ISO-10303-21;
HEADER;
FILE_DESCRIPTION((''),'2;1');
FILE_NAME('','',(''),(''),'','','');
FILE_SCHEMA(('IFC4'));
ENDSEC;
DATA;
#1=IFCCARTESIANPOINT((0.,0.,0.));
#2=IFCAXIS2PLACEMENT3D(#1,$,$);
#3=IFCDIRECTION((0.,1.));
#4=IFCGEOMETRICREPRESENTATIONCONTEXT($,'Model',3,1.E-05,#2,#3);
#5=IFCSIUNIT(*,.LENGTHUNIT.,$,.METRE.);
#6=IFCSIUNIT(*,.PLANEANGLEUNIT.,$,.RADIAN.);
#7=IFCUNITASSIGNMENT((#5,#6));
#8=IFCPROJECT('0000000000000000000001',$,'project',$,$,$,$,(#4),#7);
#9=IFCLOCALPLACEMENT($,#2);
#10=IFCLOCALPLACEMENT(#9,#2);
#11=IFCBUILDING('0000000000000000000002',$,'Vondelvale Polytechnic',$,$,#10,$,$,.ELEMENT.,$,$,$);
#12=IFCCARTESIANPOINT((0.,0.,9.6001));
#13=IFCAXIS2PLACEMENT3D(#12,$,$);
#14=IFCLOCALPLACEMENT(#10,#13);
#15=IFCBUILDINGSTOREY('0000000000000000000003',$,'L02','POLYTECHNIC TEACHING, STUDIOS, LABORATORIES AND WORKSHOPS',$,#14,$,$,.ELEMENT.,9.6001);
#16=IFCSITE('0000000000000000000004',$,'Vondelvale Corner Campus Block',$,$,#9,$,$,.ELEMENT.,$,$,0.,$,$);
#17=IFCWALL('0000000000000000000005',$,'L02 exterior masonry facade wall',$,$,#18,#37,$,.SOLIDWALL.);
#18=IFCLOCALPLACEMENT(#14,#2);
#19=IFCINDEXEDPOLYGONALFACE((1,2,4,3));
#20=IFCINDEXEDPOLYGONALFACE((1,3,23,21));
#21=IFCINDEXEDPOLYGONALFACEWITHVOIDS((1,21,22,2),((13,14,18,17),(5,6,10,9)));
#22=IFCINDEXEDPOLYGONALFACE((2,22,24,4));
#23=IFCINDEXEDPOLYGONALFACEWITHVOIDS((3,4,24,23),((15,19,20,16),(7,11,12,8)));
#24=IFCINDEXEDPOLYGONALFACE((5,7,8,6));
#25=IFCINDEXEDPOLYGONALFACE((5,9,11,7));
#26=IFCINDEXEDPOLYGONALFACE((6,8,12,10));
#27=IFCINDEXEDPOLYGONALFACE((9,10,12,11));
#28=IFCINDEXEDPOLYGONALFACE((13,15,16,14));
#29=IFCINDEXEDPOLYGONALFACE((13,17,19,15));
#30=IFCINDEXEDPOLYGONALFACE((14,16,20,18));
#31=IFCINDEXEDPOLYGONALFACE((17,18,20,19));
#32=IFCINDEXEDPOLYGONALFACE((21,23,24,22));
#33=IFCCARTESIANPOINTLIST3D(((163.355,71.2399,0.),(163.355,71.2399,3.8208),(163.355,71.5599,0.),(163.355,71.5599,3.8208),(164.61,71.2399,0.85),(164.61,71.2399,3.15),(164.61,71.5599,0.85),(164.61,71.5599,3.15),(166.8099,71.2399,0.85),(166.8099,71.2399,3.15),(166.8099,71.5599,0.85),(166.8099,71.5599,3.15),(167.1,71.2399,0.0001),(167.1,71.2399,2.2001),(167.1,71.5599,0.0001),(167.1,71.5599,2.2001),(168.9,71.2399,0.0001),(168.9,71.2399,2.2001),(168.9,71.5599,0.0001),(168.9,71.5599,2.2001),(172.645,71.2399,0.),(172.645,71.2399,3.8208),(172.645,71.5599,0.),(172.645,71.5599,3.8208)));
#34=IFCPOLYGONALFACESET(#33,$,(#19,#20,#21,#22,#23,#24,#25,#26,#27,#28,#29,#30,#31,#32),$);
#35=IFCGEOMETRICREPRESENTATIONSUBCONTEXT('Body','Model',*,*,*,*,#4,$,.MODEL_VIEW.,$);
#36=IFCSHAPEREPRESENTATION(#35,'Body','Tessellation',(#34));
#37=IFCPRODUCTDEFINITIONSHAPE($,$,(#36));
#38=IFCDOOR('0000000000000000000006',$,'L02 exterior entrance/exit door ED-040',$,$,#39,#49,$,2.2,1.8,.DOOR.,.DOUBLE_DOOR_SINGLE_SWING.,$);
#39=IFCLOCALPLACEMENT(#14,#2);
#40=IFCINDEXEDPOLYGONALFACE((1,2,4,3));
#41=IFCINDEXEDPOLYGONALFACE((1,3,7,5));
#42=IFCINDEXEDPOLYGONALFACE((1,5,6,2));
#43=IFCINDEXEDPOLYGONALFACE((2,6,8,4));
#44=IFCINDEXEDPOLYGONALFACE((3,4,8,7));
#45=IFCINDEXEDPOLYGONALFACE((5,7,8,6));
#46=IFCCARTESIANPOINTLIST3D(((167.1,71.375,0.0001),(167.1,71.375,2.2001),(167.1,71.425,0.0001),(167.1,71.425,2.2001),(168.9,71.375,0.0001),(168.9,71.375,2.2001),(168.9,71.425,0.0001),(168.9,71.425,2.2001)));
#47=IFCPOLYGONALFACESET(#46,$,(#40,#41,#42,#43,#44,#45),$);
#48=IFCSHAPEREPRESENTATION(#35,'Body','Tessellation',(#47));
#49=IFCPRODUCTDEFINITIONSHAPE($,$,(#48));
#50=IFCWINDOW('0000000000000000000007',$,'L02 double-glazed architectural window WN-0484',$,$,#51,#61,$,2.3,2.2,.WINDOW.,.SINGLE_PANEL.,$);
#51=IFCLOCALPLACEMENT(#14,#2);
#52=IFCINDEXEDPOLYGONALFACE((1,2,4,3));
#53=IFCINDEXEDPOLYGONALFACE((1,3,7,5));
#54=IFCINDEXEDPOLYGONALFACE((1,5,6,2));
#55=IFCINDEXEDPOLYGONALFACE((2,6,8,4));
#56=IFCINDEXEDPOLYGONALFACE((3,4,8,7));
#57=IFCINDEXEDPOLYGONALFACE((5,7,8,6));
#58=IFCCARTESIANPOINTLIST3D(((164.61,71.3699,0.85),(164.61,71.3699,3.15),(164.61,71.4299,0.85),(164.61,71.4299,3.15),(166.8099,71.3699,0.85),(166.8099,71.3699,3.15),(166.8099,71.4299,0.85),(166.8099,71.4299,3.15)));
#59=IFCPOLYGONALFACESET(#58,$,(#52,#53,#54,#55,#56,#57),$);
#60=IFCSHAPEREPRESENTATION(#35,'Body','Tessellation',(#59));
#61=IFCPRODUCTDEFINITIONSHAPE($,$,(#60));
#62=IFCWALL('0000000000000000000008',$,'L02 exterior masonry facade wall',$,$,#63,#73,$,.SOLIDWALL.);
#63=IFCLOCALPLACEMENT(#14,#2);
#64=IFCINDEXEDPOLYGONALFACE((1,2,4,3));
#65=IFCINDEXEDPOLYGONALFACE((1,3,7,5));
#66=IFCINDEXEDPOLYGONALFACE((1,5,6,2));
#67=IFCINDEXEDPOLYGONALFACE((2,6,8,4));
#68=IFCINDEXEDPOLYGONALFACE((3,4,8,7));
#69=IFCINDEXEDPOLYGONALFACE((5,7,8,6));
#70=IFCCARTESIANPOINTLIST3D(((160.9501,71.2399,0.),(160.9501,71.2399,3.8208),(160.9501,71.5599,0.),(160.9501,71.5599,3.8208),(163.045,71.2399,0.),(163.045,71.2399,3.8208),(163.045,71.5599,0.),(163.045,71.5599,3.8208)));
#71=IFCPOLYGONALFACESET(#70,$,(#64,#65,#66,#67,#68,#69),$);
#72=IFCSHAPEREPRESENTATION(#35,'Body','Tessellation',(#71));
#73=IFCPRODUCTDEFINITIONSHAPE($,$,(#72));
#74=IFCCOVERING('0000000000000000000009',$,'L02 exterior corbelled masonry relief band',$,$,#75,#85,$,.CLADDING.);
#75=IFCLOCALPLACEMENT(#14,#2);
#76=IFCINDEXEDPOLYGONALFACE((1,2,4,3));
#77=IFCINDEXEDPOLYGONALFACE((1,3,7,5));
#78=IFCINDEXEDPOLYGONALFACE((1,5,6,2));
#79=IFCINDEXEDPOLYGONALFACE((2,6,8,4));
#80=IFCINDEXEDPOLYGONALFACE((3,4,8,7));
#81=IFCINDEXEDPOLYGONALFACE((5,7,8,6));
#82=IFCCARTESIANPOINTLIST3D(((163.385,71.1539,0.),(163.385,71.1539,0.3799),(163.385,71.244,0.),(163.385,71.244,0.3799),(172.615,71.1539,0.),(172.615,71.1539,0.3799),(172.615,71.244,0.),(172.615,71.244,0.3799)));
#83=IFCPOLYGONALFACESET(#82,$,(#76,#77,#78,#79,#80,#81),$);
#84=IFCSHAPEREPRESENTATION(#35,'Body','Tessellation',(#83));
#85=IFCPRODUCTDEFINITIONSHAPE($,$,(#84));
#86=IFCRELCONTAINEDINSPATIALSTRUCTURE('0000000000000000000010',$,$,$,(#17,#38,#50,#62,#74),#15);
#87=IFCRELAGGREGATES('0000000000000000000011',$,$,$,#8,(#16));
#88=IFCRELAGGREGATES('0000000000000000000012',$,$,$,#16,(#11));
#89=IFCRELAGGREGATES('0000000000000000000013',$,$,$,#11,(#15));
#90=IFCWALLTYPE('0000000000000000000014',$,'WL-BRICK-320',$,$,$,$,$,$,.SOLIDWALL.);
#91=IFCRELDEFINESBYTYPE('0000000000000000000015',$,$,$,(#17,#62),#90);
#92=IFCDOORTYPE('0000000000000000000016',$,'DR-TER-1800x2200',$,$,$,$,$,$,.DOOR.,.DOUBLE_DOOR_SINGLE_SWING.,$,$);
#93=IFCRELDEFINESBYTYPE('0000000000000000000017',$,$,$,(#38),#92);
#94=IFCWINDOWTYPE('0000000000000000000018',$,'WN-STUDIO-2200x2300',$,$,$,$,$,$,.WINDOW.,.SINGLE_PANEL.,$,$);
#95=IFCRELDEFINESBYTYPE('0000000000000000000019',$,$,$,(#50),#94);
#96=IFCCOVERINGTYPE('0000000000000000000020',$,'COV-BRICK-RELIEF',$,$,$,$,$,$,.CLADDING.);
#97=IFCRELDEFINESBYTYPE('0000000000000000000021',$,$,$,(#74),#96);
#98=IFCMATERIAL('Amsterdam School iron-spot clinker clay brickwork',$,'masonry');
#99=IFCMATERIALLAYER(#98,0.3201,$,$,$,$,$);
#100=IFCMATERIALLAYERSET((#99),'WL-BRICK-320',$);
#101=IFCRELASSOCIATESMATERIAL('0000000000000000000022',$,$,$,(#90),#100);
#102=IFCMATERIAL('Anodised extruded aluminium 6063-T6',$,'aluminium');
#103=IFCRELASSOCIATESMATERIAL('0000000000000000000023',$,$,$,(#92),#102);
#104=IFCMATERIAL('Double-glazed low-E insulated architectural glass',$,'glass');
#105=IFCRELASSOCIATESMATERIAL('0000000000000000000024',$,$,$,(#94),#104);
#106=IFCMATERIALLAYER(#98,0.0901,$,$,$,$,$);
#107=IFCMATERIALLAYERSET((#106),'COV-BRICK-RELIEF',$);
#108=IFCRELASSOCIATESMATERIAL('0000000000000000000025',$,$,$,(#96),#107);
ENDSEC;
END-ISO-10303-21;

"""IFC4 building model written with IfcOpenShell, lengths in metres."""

from ifc_helpers import new_model, si_unit, direction, frame, frame_2d, origin, origin_2d, place, context, subcontext, project, spatial, rectangle, extrude, material, layer, layer_set, type_object, element, fill, save


model = new_model("IFC4")

# Units and contexts
model_context = context("Model", 3, precision=1e-05, world=origin(), true_north=direction((0.0, 1.0)))
body_context = subcontext(model_context, "Body", "Model", "MODEL_VIEW")
ifc_project = project(units=[si_unit("LENGTHUNIT", "METRE"), si_unit("PLANEANGLEUNIT", "RADIAN")], contexts=[model_context])

# Site, building, storey
site_placement = place(None, origin())
site = spatial("IfcSite", under=ifc_project, at=site_placement, Name="Vondelvale Corner Campus Block", CompositionType="ELEMENT", RefElevation=0.0)
building_placement = place(site_placement, origin())
building = spatial("IfcBuilding", under=site, at=building_placement, Name="Vondelvale Polytechnic", CompositionType="ELEMENT")
storey_placement = place(building_placement, frame((0.0, 0.0, 9.6001)))
storey = spatial("IfcBuildingStorey", under=building, at=storey_placement, Name="L02", Description="POLYTECHNIC TEACHING, STUDIOS, LABORATORIES AND WORKSHOPS", CompositionType="ELEMENT", Elevation=9.6001)

# Shared definitions
ifc_material_1 = material(Name="Anodised extruded aluminium 6063-T6", Category="aluminium")
ifc_material_2 = material(Name="Double-glazed low-E insulated architectural glass", Category="glass")

# Wall, openings, door, window
ifc_material_3 = material(Name="Amsterdam School iron-spot clinker clay brickwork", Category="masonry")
ifc_layer_1 = layer(ifc_material_3, 0.3201)
ifc_layer_set_1 = layer_set([ifc_layer_1], Name="WL-BRICK-320")
wall_type = type_object("IfcWallType", Name="WL-BRICK-320", PredefinedType="SOLIDWALL", material=ifc_layer_set_1)
wall_1_placement = place(storey_placement, frame((172.645, 71.3999, 0.0), z_axis=(0.0, 0.0, 1.0), x_axis=(-1.0, 0.0, 0.0)))
wall_1 = element("IfcWall", 1, at=wall_1_placement, inside=storey, type_object=wall_type, Name="L02 exterior masonry facade wall", PredefinedType="SOLIDWALL", context=body_context, shape_type="SweptSolid", body=[
    extrude(rectangle(XDim=9.29, YDim=0.3201, at=frame_2d((4.645, 0.0))), origin(), (0.0, 0.0, 1.0), 3.8208),
])
opening_1_placement = place(wall_1_placement, frame((3.7451, 0.0, 0.0)))
opening_1 = element("IfcOpeningElement", 2, at=opening_1_placement, cuts=wall_1, PredefinedType="OPENING", context=body_context, shape_type="SweptSolid", body=[
    extrude(rectangle(XDim=1.8, YDim=2.2, at=frame_2d((0.8999, 1.1001))), frame((0.0, 0.1699, 0.0), z_axis=(0.0, -1.0, 0.0), x_axis=(1.0, 0.0, 0.0)), (0.0, 0.0, 1.0), 0.3401),
])
opening_2_placement = place(wall_1_placement, frame((5.835, 0.0, 0.8501)))
opening_2 = element("IfcOpeningElement", 3, at=opening_2_placement, cuts=wall_1, PredefinedType="OPENING", context=body_context, shape_type="SweptSolid", body=[
    extrude(rectangle(XDim=2.2, YDim=2.3, at=frame_2d((1.1001, 1.1499))), frame((0.0, 0.1699, 0.0), z_axis=(0.0, -1.0, 0.0), x_axis=(1.0, 0.0, 0.0)), (0.0, 0.0, 1.0), 0.3401),
])
door_type = type_object("IfcDoorType", Name="DR-TER-1800x2200", OperationType="DOUBLE_DOOR_SINGLE_SWING", PredefinedType="DOOR", material=ifc_material_1)
door_placement = place(opening_1_placement, origin())
door = element("IfcDoor", 4, at=door_placement, inside=storey, type_object=door_type, Name="L02 exterior entrance/exit door ED-040", OperationType="DOUBLE_DOOR_SINGLE_SWING", OverallHeight=2.2, OverallWidth=1.8, PredefinedType="DOOR", context=body_context, shape_type="SweptSolid", body=[
    extrude(rectangle(XDim=1.8, YDim=2.2, at=frame_2d((0.8999, 1.1001))), frame((0.0, 0.0249, 0.0), z_axis=(0.0, -1.0, 0.0), x_axis=(1.0, 0.0, 0.0)), (0.0, 0.0, 1.0), 0.05),
])
fill(opening_1, door)
window_type = type_object("IfcWindowType", Name="WN-STUDIO-2200x2300", PartitioningType="SINGLE_PANEL", PredefinedType="WINDOW", material=ifc_material_2)
window_placement = place(opening_2_placement, origin())
window = element("IfcWindow", 5, at=window_placement, inside=storey, type_object=window_type, Name="L02 double-glazed architectural window WN-0484", OverallHeight=2.3, OverallWidth=2.2, PartitioningType="SINGLE_PANEL", PredefinedType="WINDOW", context=body_context, shape_type="SweptSolid", body=[
    extrude(rectangle(XDim=2.2, YDim=2.3, at=frame_2d((1.1001, 1.1499))), frame((0.0, 0.03, 0.0), z_axis=(0.0, -1.0, 0.0), x_axis=(1.0, 0.0, 0.0)), (0.0, 0.0, 1.0), 0.0601),
])
fill(opening_2, window)

# Wall
wall_2_placement = place(storey_placement, frame((163.0449, 71.3999, 0.0), z_axis=(0.0, 0.0, 1.0), x_axis=(-1.0, 0.0, 0.0)))
element("IfcWall", 6, at=wall_2_placement, inside=storey, type_object=wall_type, Name="L02 exterior masonry facade wall", PredefinedType="SOLIDWALL", context=body_context, shape_type="SweptSolid", body=[
    extrude(rectangle(XDim=2.095, YDim=0.3201, at=frame_2d((1.0474, 0.0))), origin(), (0.0, 0.0, 1.0), 3.8208),
])

# Covering
ifc_layer_2 = layer(ifc_material_3, 0.0901)
ifc_layer_set_2 = layer_set([ifc_layer_2], Name="COV-BRICK-RELIEF")
covering_type = type_object("IfcCoveringType", Name="COV-BRICK-RELIEF", PredefinedType="CLADDING", material=ifc_layer_set_2)
covering_placement = place(storey_placement, frame((168.0, 71.199, 0.0), z_axis=(0.0, 0.0, 1.0), x_axis=(-1.0, 0.0, 0.0)))
element("IfcCovering", 7, at=covering_placement, inside=storey, type_object=covering_type, Name="L02 exterior corbelled masonry relief band", PredefinedType="CLADDING", context=body_context, shape_type="SweptSolid", body=[
    extrude(rectangle(XDim=9.23, YDim=0.0901, at=origin_2d()), origin(), (0.0, 0.0, 1.0), 0.3799),
])

save(model, "model.ifc")
